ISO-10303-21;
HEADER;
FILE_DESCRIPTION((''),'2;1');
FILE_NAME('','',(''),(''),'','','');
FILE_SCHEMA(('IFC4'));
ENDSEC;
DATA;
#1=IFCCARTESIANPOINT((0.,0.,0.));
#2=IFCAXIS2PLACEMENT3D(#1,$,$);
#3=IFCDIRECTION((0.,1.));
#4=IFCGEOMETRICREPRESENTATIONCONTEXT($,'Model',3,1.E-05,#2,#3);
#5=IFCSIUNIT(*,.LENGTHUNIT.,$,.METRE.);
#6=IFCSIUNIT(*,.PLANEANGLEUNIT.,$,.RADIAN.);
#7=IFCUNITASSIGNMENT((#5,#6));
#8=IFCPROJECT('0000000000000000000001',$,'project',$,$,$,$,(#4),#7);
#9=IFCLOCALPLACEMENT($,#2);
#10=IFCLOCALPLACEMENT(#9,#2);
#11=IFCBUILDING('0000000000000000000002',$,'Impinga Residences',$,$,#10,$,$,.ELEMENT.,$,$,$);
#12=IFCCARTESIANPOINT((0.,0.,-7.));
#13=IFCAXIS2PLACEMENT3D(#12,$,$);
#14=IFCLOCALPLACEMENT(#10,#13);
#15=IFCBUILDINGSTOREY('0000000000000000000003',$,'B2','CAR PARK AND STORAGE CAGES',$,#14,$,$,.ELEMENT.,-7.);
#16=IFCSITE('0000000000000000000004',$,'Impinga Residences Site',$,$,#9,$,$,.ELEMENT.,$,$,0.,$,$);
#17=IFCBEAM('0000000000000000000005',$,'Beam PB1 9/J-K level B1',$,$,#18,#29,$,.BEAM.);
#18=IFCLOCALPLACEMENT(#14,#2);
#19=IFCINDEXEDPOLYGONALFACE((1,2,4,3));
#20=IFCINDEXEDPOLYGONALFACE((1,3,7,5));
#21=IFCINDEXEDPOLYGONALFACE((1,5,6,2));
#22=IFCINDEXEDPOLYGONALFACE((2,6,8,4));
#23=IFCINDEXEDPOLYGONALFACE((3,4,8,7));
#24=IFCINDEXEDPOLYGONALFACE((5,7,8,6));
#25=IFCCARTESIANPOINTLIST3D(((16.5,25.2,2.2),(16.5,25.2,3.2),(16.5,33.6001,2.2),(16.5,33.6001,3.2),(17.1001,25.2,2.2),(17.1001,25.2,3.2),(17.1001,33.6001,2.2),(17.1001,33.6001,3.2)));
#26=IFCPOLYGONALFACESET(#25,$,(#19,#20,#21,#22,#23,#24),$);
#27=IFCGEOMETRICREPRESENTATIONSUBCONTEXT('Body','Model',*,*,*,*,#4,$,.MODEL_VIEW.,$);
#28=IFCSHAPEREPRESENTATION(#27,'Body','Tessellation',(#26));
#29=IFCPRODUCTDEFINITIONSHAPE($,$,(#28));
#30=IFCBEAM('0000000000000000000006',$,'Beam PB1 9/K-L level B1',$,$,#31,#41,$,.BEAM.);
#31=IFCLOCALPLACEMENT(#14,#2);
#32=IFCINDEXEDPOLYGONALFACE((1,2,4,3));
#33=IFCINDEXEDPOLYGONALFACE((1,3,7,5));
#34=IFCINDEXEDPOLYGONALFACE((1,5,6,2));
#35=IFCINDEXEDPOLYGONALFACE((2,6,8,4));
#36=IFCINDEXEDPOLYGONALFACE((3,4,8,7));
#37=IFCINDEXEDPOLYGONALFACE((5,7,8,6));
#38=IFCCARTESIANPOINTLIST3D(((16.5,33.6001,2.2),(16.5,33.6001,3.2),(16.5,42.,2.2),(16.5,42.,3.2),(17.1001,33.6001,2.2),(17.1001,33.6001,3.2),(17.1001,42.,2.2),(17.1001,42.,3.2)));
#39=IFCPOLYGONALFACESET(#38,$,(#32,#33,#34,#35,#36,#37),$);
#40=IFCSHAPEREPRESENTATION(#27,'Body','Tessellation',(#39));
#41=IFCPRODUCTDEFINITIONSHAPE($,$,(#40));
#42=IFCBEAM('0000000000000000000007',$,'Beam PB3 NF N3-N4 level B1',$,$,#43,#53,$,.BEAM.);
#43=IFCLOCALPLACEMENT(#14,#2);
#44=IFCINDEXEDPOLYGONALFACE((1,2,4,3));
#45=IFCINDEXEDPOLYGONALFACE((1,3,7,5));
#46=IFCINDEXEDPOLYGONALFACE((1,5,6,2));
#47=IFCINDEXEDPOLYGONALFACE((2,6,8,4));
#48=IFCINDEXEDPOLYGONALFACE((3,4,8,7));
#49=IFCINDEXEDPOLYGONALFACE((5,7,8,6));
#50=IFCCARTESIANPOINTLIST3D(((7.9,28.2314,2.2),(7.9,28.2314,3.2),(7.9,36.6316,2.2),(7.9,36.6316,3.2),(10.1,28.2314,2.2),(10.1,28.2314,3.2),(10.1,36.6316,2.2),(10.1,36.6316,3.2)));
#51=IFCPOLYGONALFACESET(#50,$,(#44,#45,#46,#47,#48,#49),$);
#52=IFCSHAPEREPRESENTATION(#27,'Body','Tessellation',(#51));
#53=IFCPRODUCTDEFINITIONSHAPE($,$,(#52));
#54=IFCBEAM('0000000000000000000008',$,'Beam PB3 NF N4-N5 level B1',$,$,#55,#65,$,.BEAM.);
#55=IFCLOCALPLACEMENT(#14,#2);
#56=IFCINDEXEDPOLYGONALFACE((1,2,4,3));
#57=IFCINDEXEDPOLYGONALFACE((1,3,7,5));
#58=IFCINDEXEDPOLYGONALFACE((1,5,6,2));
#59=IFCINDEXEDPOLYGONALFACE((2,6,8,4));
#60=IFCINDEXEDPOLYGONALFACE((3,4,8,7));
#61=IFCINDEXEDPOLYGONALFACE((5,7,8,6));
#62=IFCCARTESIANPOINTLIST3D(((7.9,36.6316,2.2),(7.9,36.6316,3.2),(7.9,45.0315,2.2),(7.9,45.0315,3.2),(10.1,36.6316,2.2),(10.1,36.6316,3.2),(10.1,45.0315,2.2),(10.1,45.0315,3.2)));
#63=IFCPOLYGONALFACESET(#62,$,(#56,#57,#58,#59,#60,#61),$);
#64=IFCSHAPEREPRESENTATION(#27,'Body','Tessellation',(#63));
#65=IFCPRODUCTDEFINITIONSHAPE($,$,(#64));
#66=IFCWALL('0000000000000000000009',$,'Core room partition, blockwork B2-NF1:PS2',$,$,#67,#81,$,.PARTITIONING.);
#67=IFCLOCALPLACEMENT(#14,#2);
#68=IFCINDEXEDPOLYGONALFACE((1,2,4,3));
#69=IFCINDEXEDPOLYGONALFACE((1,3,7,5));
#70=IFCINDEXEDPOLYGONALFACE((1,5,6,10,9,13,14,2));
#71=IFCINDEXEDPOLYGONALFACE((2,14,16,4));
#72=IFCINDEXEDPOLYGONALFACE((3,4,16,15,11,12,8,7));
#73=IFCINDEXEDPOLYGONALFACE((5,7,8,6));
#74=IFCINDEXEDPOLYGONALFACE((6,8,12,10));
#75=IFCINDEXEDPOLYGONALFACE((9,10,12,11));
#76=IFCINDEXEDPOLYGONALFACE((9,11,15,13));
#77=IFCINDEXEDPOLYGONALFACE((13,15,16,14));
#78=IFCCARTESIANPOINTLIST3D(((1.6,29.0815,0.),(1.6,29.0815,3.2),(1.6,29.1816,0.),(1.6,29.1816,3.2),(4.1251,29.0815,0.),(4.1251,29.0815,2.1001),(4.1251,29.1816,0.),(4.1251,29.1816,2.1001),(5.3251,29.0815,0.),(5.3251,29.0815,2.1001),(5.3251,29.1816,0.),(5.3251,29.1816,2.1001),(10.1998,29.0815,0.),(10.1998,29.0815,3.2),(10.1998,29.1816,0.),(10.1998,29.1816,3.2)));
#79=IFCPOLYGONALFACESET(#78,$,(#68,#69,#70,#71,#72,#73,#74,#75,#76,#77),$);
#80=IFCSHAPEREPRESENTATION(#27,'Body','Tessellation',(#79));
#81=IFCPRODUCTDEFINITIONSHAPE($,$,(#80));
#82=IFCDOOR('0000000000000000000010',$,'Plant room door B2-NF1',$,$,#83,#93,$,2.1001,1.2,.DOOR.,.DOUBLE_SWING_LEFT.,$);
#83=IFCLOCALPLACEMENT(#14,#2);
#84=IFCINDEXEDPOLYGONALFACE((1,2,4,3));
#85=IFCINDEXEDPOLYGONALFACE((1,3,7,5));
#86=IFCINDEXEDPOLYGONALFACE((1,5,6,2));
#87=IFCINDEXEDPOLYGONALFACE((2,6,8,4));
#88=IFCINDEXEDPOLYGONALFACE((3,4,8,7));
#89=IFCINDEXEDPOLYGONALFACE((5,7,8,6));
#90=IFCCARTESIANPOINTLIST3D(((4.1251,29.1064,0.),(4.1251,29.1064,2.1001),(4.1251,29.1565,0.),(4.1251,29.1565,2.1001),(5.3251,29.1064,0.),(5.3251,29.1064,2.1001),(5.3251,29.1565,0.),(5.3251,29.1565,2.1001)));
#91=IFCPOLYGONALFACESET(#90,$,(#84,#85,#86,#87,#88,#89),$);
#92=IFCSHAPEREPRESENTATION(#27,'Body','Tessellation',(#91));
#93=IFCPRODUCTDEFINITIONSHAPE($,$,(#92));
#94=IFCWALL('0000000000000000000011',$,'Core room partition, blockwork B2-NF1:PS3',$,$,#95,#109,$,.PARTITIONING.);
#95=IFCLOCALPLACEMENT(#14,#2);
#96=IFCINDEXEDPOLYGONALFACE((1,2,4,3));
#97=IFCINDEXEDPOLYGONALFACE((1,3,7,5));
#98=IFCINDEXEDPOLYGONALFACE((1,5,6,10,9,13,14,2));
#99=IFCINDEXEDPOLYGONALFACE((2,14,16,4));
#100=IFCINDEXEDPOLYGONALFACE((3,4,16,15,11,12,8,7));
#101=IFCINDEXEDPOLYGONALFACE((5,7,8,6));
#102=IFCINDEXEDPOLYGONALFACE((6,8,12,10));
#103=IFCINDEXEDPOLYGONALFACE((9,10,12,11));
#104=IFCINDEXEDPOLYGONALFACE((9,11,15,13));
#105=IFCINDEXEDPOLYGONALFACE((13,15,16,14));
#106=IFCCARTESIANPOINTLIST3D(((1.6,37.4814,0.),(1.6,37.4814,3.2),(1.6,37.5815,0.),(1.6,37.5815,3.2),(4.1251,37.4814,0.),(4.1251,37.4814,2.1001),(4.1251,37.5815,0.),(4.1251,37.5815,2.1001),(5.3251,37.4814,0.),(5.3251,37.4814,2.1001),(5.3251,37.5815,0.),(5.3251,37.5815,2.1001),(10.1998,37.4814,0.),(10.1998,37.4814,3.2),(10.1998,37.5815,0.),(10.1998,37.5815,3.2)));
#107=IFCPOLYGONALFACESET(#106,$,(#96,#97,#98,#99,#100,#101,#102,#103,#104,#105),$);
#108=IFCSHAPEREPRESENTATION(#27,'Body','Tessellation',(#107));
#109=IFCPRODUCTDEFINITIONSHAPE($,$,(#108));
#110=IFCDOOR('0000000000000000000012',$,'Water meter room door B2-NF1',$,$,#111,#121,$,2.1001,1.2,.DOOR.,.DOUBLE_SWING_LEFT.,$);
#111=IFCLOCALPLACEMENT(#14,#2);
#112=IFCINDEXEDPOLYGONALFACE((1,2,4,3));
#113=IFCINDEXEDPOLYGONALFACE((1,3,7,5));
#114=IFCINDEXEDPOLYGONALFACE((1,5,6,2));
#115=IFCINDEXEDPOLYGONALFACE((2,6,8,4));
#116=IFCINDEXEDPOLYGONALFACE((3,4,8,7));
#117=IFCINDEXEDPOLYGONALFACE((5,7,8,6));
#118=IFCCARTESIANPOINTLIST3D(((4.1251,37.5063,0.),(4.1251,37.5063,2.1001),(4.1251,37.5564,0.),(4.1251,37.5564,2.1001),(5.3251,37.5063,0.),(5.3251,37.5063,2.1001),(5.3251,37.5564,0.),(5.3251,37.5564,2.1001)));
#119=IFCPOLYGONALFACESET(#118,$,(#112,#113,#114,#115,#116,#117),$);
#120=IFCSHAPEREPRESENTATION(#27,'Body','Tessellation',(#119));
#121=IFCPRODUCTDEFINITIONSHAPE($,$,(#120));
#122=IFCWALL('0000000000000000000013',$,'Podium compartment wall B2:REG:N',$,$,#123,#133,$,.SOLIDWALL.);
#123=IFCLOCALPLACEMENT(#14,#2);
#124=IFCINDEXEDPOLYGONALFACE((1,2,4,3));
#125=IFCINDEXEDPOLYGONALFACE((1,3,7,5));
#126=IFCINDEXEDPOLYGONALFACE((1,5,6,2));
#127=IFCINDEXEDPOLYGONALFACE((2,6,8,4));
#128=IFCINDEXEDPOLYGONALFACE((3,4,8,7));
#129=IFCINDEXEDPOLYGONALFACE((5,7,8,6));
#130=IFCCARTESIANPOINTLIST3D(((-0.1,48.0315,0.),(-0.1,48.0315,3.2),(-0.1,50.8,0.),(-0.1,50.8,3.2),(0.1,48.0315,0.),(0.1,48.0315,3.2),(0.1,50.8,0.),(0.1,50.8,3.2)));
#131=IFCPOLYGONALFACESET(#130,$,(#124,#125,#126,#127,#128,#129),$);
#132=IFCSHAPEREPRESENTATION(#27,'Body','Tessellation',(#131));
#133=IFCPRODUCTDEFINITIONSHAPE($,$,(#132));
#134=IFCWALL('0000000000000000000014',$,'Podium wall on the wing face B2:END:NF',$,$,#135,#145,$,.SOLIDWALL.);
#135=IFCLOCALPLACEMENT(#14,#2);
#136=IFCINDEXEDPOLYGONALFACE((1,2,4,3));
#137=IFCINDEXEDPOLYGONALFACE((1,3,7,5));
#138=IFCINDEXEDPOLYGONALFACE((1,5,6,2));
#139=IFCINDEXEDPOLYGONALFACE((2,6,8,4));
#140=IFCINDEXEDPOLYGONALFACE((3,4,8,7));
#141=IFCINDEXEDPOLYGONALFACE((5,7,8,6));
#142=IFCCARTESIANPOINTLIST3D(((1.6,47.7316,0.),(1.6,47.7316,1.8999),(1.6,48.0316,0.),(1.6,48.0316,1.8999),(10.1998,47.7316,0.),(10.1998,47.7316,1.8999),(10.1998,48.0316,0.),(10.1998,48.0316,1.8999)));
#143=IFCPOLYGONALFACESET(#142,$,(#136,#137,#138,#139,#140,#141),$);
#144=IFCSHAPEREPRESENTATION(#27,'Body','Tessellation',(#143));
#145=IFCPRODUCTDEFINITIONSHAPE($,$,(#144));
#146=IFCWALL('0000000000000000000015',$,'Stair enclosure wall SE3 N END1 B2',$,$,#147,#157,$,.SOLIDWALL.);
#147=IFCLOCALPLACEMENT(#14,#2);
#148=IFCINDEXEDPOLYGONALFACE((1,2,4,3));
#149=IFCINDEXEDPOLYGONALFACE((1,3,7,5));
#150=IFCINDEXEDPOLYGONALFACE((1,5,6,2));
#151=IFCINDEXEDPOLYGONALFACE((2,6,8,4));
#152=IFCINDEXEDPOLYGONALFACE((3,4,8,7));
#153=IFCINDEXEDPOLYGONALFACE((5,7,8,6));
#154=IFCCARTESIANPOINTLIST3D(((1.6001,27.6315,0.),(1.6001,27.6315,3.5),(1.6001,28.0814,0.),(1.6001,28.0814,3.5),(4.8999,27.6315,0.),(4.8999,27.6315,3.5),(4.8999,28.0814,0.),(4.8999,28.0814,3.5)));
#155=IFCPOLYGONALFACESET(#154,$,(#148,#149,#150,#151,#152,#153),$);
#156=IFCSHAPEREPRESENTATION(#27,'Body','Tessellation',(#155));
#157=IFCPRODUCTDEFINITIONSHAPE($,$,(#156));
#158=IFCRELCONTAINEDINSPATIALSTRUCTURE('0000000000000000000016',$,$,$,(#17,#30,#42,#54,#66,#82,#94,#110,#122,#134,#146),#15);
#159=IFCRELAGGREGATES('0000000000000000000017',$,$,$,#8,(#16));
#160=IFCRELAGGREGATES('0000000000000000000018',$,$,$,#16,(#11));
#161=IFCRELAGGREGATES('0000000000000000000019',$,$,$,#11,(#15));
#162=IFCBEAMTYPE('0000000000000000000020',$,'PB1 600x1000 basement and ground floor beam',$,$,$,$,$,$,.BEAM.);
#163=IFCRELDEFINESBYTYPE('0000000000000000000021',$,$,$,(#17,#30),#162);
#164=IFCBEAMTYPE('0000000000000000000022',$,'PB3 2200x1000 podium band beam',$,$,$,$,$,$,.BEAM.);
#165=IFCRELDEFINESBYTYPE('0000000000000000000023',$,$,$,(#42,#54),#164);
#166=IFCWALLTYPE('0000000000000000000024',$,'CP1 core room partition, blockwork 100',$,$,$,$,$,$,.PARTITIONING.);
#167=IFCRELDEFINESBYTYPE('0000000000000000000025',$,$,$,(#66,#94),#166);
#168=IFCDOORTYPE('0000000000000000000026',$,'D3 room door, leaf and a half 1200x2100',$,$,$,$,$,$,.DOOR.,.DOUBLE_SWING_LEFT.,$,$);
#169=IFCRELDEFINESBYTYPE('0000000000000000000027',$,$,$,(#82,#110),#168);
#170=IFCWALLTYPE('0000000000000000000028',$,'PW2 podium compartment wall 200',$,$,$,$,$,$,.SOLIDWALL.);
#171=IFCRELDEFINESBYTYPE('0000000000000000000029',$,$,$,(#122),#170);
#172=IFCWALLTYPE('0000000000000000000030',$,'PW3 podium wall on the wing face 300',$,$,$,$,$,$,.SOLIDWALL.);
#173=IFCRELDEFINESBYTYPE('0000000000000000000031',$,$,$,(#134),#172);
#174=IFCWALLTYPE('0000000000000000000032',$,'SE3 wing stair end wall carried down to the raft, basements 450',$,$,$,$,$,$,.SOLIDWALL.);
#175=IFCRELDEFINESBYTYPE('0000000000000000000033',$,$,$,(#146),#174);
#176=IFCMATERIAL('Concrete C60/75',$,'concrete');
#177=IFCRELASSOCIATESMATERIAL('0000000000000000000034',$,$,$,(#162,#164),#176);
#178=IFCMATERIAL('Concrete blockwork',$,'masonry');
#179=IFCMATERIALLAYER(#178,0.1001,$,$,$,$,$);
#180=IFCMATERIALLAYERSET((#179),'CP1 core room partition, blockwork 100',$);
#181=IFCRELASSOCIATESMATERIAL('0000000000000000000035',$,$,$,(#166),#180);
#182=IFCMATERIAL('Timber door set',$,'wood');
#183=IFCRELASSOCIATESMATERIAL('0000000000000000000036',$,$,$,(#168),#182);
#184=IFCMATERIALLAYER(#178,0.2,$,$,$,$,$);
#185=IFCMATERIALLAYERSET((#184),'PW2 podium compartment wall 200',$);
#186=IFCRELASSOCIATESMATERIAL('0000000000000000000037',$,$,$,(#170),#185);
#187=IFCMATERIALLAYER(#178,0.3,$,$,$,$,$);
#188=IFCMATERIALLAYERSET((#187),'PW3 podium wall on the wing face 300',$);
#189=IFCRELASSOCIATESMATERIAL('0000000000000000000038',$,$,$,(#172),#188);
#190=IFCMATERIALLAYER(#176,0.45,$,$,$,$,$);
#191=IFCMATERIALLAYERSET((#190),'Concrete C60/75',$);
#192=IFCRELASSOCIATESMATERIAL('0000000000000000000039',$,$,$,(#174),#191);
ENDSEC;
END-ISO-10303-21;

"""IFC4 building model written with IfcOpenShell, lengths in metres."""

from ifc_helpers import new_model, si_unit, direction, frame, frame_2d, origin, origin_2d, place, context, subcontext, project, spatial, rectangle, extrude, material, layer, layer_set, material_profile, profile_set, type_object, element, fill, save


model = new_model("IFC4")

# Units and contexts
model_context = context("Model", 3, precision=1e-05, world=origin(), true_north=direction((0.0, 1.0)))
body_context = subcontext(model_context, "Body", "Model", "MODEL_VIEW")
ifc_project = project(units=[si_unit("LENGTHUNIT", "METRE"), si_unit("PLANEANGLEUNIT", "RADIAN")], contexts=[model_context])

# Site, building, storey
site_placement = place(None, origin())
site = spatial("IfcSite", under=ifc_project, at=site_placement, Name="Impinga Residences Site", CompositionType="ELEMENT", RefElevation=0.0)
building_placement = place(site_placement, origin())
building = spatial("IfcBuilding", under=site, at=building_placement, Name="Impinga Residences", CompositionType="ELEMENT")
storey_placement = place(building_placement, frame((0.0, 0.0, -7.0)))
storey = spatial("IfcBuildingStorey", under=building, at=storey_placement, Name="B2", Description="CAR PARK AND STORAGE CAGES", CompositionType="ELEMENT", Elevation=-7.0)

# Beams
ifc_material_1 = material(Name="Concrete C60/75", Category="concrete")
ifc_material_profile_1 = material_profile(ifc_material_1, rectangle(XDim=0.6001, YDim=1.0, at=origin_2d()), Name="RC 600x1000")
ifc_profile_set_1 = profile_set([ifc_material_profile_1], Name="Concrete C60/75")
beam_type_1 = type_object("IfcBeamType", Name="PB1 600x1000 basement and ground floor beam", PredefinedType="BEAM", material=ifc_profile_set_1)
beam_1_placement = place(storey_placement, frame((16.8, 25.2, 2.7), z_axis=(0.0, 1.0, 0.0), x_axis=(-1.0, 0.0, 0.0)))
element("IfcBeam", 1, at=beam_1_placement, inside=storey, type_object=beam_type_1, Name="Beam PB1 9/J-K level B1", PredefinedType="BEAM", context=body_context, shape_type="SweptSolid", body=[
    extrude(rectangle(XDim=0.6001, YDim=1.0, at=origin_2d()), origin(), (0.0, 0.0, 1.0), 8.4001),
])
beam_2_placement = place(storey_placement, frame((16.8, 33.6001, 2.7), z_axis=(0.0, 1.0, 0.0), x_axis=(-1.0, 0.0, 0.0)))
element("IfcBeam", 2, at=beam_2_placement, inside=storey, type_object=beam_type_1, Name="Beam PB1 9/K-L level B1", PredefinedType="BEAM", context=body_context, shape_type="SweptSolid", body=[
    extrude(rectangle(XDim=0.6001, YDim=1.0, at=origin_2d()), origin(), (0.0, 0.0, 1.0), 8.3999),
])
ifc_material_profile_2 = material_profile(ifc_material_1, rectangle(XDim=2.2, YDim=1.0, at=origin_2d()), Name="RC 2200x1000")
ifc_profile_set_2 = profile_set([ifc_material_profile_2], Name="Concrete C60/75")
beam_type_2 = type_object("IfcBeamType", Name="PB3 2200x1000 podium band beam", PredefinedType="BEAM", material=ifc_profile_set_2)
beam_3_placement = place(storey_placement, frame((9.0, 28.2314, 2.7), z_axis=(0.0, 1.0, 0.0), x_axis=(-1.0, 0.0, 0.0)))
element("IfcBeam", 3, at=beam_3_placement, inside=storey, type_object=beam_type_2, Name="Beam PB3 NF N3-N4 level B1", PredefinedType="BEAM", context=body_context, shape_type="SweptSolid", body=[
    extrude(rectangle(XDim=2.2, YDim=1.0, at=origin_2d()), origin(), (0.0, 0.0, 1.0), 8.4001),
])
beam_4_placement = place(storey_placement, frame((9.0, 36.6316, 2.7), z_axis=(0.0, 1.0, 0.0), x_axis=(-1.0, 0.0, 0.0)))
element("IfcBeam", 4, at=beam_4_placement, inside=storey, type_object=beam_type_2, Name="Beam PB3 NF N4-N5 level B1", PredefinedType="BEAM", context=body_context, shape_type="SweptSolid", body=[
    extrude(rectangle(XDim=2.2, YDim=1.0, at=origin_2d()), origin(), (0.0, 0.0, 1.0), 8.3999),
])

# Walls, openings, doors
ifc_material_2 = material(Name="Concrete blockwork", Category="masonry")
ifc_layer_1 = layer(ifc_material_2, 0.1001)
ifc_layer_set_1 = layer_set([ifc_layer_1], Name="CP1 core room partition, blockwork 100")
wall_type_1 = type_object("IfcWallType", Name="CP1 core room partition, blockwork 100", PredefinedType="PARTITIONING", material=ifc_layer_set_1)
wall_1_placement = place(storey_placement, frame((1.6001, 29.1316, 0.0), z_axis=(0.0, 0.0, 1.0), x_axis=(1.0, 0.0, 0.0)))
wall_1 = element("IfcWall", 5, at=wall_1_placement, inside=storey, type_object=wall_type_1, Name="Core room partition, blockwork B2-NF1:PS2", PredefinedType="PARTITIONING", context=body_context, shape_type="SweptSolid", body=[
    extrude(rectangle(XDim=8.5999, YDim=0.1001, at=frame_2d((4.2998, 0.0))), origin(), (0.0, 0.0, 1.0), 3.2),
])
opening_1_placement = place(wall_1_placement, frame((2.5249, 0.0, 0.0)))
opening_1 = element("IfcOpeningElement", 6, at=opening_1_placement, cuts=wall_1, PredefinedType="OPENING", context=body_context, shape_type="SweptSolid", body=[
    extrude(rectangle(XDim=1.2, YDim=2.1001, at=frame_2d((0.6001, 1.05))), frame((0.0, 0.0601, 0.0), z_axis=(0.0, -1.0, 0.0), x_axis=(1.0, 0.0, 0.0)), (0.0, 0.0, 1.0), 0.1201),
])
ifc_material_3 = material(Name="Timber door set", Category="wood")
door_type = type_object("IfcDoorType", Name="D3 room door, leaf and a half 1200x2100", OperationType="DOUBLE_SWING_LEFT", PredefinedType="DOOR", material=ifc_material_3)
door_1_placement = place(opening_1_placement, origin())
door_1 = element("IfcDoor", 7, at=door_1_placement, inside=storey, type_object=door_type, Name="Plant room door B2-NF1", OperationType="DOUBLE_SWING_LEFT", OverallHeight=2.1001, OverallWidth=1.2, PredefinedType="DOOR", context=body_context, shape_type="SweptSolid", body=[
    extrude(rectangle(XDim=1.2, YDim=2.1001, at=frame_2d((0.6001, 1.05))), frame((0.0, 0.0249, 0.0), z_axis=(0.0, -1.0, 0.0), x_axis=(1.0, 0.0, 0.0)), (0.0, 0.0, 1.0), 0.05),
])
fill(opening_1, door_1)
wall_2_placement = place(storey_placement, frame((1.6001, 37.5315, 0.0), z_axis=(0.0, 0.0, 1.0), x_axis=(1.0, 0.0, 0.0)))
wall_2 = element("IfcWall", 8, at=wall_2_placement, inside=storey, type_object=wall_type_1, Name="Core room partition, blockwork B2-NF1:PS3", PredefinedType="PARTITIONING", context=body_context, shape_type="SweptSolid", body=[
    extrude(rectangle(XDim=8.5999, YDim=0.1001, at=frame_2d((4.2998, 0.0))), origin(), (0.0, 0.0, 1.0), 3.2),
])
opening_2_placement = place(wall_2_placement, frame((2.5249, 0.0, 0.0)))
opening_2 = element("IfcOpeningElement", 9, at=opening_2_placement, cuts=wall_2, PredefinedType="OPENING", context=body_context, shape_type="SweptSolid", body=[
    extrude(rectangle(XDim=1.2, YDim=2.1001, at=frame_2d((0.6001, 1.05))), frame((0.0, 0.0601, 0.0), z_axis=(0.0, -1.0, 0.0), x_axis=(1.0, 0.0, 0.0)), (0.0, 0.0, 1.0), 0.1201),
])
door_2_placement = place(opening_2_placement, origin())
door_2 = element("IfcDoor", 10, at=door_2_placement, inside=storey, type_object=door_type, Name="Water meter room door B2-NF1", OperationType="DOUBLE_SWING_LEFT", OverallHeight=2.1001, OverallWidth=1.2, PredefinedType="DOOR", context=body_context, shape_type="SweptSolid", body=[
    extrude(rectangle(XDim=1.2, YDim=2.1001, at=frame_2d((0.6001, 1.05))), frame((0.0, 0.0249, 0.0), z_axis=(0.0, -1.0, 0.0), x_axis=(1.0, 0.0, 0.0)), (0.0, 0.0, 1.0), 0.05),
])
fill(opening_2, door_2)

# Walls
ifc_layer_2 = layer(ifc_material_2, 0.2)
ifc_layer_set_2 = layer_set([ifc_layer_2], Name="PW2 podium compartment wall 200")
wall_type_2 = type_object("IfcWallType", Name="PW2 podium compartment wall 200", PredefinedType="SOLIDWALL", material=ifc_layer_set_2)
wall_3_placement = place(storey_placement, frame((0.0, 48.0315, 0.0), z_axis=(0.0, 0.0, 1.0), x_axis=(0.0, 1.0, 0.0)))
element("IfcWall", 11, at=wall_3_placement, inside=storey, type_object=wall_type_2, Name="Podium compartment wall B2:REG:N", PredefinedType="SOLIDWALL", context=body_context, shape_type="SweptSolid", body=[
    extrude(rectangle(XDim=2.7686, YDim=0.2, at=frame_2d((1.3843, 0.0))), origin(), (0.0, 0.0, 1.0), 3.2),
])
ifc_layer_3 = layer(ifc_material_2, 0.3)
ifc_layer_set_3 = layer_set([ifc_layer_3], Name="PW3 podium wall on the wing face 300")
wall_type_3 = type_object("IfcWallType", Name="PW3 podium wall on the wing face 300", PredefinedType="SOLIDWALL", material=ifc_layer_set_3)
wall_4_placement = place(storey_placement, frame((1.6001, 47.8816, 0.0), z_axis=(0.0, 0.0, 1.0), x_axis=(1.0, 0.0, 0.0)))
element("IfcWall", 12, at=wall_4_placement, inside=storey, type_object=wall_type_3, Name="Podium wall on the wing face B2:END:NF", PredefinedType="SOLIDWALL", context=body_context, shape_type="SweptSolid", body=[
    extrude(rectangle(XDim=8.5999, YDim=0.3, at=frame_2d((4.2998, 0.0))), origin(), (0.0, 0.0, 1.0), 1.8999),
])
ifc_layer_4 = layer(ifc_material_1, 0.45)
ifc_layer_set_4 = layer_set([ifc_layer_4], Name="Concrete C60/75")
wall_type_4 = type_object("IfcWallType", Name="SE3 wing stair end wall carried down to the raft, basements 450", PredefinedType="SOLIDWALL", material=ifc_layer_set_4)
wall_5_placement = place(storey_placement, frame((1.6001, 27.8564, 0.0), z_axis=(0.0, 0.0, 1.0), x_axis=(1.0, 0.0, 0.0)))
element("IfcWall", 13, at=wall_5_placement, inside=storey, type_object=wall_type_4, Name="Stair enclosure wall SE3 N END1 B2", PredefinedType="SOLIDWALL", context=body_context, shape_type="SweptSolid", body=[
    extrude(rectangle(XDim=3.2998, YDim=0.45, at=frame_2d((1.6499, 0.0))), origin(), (0.0, 0.0, 1.0), 3.5),
])

save(model, "model.ifc")
